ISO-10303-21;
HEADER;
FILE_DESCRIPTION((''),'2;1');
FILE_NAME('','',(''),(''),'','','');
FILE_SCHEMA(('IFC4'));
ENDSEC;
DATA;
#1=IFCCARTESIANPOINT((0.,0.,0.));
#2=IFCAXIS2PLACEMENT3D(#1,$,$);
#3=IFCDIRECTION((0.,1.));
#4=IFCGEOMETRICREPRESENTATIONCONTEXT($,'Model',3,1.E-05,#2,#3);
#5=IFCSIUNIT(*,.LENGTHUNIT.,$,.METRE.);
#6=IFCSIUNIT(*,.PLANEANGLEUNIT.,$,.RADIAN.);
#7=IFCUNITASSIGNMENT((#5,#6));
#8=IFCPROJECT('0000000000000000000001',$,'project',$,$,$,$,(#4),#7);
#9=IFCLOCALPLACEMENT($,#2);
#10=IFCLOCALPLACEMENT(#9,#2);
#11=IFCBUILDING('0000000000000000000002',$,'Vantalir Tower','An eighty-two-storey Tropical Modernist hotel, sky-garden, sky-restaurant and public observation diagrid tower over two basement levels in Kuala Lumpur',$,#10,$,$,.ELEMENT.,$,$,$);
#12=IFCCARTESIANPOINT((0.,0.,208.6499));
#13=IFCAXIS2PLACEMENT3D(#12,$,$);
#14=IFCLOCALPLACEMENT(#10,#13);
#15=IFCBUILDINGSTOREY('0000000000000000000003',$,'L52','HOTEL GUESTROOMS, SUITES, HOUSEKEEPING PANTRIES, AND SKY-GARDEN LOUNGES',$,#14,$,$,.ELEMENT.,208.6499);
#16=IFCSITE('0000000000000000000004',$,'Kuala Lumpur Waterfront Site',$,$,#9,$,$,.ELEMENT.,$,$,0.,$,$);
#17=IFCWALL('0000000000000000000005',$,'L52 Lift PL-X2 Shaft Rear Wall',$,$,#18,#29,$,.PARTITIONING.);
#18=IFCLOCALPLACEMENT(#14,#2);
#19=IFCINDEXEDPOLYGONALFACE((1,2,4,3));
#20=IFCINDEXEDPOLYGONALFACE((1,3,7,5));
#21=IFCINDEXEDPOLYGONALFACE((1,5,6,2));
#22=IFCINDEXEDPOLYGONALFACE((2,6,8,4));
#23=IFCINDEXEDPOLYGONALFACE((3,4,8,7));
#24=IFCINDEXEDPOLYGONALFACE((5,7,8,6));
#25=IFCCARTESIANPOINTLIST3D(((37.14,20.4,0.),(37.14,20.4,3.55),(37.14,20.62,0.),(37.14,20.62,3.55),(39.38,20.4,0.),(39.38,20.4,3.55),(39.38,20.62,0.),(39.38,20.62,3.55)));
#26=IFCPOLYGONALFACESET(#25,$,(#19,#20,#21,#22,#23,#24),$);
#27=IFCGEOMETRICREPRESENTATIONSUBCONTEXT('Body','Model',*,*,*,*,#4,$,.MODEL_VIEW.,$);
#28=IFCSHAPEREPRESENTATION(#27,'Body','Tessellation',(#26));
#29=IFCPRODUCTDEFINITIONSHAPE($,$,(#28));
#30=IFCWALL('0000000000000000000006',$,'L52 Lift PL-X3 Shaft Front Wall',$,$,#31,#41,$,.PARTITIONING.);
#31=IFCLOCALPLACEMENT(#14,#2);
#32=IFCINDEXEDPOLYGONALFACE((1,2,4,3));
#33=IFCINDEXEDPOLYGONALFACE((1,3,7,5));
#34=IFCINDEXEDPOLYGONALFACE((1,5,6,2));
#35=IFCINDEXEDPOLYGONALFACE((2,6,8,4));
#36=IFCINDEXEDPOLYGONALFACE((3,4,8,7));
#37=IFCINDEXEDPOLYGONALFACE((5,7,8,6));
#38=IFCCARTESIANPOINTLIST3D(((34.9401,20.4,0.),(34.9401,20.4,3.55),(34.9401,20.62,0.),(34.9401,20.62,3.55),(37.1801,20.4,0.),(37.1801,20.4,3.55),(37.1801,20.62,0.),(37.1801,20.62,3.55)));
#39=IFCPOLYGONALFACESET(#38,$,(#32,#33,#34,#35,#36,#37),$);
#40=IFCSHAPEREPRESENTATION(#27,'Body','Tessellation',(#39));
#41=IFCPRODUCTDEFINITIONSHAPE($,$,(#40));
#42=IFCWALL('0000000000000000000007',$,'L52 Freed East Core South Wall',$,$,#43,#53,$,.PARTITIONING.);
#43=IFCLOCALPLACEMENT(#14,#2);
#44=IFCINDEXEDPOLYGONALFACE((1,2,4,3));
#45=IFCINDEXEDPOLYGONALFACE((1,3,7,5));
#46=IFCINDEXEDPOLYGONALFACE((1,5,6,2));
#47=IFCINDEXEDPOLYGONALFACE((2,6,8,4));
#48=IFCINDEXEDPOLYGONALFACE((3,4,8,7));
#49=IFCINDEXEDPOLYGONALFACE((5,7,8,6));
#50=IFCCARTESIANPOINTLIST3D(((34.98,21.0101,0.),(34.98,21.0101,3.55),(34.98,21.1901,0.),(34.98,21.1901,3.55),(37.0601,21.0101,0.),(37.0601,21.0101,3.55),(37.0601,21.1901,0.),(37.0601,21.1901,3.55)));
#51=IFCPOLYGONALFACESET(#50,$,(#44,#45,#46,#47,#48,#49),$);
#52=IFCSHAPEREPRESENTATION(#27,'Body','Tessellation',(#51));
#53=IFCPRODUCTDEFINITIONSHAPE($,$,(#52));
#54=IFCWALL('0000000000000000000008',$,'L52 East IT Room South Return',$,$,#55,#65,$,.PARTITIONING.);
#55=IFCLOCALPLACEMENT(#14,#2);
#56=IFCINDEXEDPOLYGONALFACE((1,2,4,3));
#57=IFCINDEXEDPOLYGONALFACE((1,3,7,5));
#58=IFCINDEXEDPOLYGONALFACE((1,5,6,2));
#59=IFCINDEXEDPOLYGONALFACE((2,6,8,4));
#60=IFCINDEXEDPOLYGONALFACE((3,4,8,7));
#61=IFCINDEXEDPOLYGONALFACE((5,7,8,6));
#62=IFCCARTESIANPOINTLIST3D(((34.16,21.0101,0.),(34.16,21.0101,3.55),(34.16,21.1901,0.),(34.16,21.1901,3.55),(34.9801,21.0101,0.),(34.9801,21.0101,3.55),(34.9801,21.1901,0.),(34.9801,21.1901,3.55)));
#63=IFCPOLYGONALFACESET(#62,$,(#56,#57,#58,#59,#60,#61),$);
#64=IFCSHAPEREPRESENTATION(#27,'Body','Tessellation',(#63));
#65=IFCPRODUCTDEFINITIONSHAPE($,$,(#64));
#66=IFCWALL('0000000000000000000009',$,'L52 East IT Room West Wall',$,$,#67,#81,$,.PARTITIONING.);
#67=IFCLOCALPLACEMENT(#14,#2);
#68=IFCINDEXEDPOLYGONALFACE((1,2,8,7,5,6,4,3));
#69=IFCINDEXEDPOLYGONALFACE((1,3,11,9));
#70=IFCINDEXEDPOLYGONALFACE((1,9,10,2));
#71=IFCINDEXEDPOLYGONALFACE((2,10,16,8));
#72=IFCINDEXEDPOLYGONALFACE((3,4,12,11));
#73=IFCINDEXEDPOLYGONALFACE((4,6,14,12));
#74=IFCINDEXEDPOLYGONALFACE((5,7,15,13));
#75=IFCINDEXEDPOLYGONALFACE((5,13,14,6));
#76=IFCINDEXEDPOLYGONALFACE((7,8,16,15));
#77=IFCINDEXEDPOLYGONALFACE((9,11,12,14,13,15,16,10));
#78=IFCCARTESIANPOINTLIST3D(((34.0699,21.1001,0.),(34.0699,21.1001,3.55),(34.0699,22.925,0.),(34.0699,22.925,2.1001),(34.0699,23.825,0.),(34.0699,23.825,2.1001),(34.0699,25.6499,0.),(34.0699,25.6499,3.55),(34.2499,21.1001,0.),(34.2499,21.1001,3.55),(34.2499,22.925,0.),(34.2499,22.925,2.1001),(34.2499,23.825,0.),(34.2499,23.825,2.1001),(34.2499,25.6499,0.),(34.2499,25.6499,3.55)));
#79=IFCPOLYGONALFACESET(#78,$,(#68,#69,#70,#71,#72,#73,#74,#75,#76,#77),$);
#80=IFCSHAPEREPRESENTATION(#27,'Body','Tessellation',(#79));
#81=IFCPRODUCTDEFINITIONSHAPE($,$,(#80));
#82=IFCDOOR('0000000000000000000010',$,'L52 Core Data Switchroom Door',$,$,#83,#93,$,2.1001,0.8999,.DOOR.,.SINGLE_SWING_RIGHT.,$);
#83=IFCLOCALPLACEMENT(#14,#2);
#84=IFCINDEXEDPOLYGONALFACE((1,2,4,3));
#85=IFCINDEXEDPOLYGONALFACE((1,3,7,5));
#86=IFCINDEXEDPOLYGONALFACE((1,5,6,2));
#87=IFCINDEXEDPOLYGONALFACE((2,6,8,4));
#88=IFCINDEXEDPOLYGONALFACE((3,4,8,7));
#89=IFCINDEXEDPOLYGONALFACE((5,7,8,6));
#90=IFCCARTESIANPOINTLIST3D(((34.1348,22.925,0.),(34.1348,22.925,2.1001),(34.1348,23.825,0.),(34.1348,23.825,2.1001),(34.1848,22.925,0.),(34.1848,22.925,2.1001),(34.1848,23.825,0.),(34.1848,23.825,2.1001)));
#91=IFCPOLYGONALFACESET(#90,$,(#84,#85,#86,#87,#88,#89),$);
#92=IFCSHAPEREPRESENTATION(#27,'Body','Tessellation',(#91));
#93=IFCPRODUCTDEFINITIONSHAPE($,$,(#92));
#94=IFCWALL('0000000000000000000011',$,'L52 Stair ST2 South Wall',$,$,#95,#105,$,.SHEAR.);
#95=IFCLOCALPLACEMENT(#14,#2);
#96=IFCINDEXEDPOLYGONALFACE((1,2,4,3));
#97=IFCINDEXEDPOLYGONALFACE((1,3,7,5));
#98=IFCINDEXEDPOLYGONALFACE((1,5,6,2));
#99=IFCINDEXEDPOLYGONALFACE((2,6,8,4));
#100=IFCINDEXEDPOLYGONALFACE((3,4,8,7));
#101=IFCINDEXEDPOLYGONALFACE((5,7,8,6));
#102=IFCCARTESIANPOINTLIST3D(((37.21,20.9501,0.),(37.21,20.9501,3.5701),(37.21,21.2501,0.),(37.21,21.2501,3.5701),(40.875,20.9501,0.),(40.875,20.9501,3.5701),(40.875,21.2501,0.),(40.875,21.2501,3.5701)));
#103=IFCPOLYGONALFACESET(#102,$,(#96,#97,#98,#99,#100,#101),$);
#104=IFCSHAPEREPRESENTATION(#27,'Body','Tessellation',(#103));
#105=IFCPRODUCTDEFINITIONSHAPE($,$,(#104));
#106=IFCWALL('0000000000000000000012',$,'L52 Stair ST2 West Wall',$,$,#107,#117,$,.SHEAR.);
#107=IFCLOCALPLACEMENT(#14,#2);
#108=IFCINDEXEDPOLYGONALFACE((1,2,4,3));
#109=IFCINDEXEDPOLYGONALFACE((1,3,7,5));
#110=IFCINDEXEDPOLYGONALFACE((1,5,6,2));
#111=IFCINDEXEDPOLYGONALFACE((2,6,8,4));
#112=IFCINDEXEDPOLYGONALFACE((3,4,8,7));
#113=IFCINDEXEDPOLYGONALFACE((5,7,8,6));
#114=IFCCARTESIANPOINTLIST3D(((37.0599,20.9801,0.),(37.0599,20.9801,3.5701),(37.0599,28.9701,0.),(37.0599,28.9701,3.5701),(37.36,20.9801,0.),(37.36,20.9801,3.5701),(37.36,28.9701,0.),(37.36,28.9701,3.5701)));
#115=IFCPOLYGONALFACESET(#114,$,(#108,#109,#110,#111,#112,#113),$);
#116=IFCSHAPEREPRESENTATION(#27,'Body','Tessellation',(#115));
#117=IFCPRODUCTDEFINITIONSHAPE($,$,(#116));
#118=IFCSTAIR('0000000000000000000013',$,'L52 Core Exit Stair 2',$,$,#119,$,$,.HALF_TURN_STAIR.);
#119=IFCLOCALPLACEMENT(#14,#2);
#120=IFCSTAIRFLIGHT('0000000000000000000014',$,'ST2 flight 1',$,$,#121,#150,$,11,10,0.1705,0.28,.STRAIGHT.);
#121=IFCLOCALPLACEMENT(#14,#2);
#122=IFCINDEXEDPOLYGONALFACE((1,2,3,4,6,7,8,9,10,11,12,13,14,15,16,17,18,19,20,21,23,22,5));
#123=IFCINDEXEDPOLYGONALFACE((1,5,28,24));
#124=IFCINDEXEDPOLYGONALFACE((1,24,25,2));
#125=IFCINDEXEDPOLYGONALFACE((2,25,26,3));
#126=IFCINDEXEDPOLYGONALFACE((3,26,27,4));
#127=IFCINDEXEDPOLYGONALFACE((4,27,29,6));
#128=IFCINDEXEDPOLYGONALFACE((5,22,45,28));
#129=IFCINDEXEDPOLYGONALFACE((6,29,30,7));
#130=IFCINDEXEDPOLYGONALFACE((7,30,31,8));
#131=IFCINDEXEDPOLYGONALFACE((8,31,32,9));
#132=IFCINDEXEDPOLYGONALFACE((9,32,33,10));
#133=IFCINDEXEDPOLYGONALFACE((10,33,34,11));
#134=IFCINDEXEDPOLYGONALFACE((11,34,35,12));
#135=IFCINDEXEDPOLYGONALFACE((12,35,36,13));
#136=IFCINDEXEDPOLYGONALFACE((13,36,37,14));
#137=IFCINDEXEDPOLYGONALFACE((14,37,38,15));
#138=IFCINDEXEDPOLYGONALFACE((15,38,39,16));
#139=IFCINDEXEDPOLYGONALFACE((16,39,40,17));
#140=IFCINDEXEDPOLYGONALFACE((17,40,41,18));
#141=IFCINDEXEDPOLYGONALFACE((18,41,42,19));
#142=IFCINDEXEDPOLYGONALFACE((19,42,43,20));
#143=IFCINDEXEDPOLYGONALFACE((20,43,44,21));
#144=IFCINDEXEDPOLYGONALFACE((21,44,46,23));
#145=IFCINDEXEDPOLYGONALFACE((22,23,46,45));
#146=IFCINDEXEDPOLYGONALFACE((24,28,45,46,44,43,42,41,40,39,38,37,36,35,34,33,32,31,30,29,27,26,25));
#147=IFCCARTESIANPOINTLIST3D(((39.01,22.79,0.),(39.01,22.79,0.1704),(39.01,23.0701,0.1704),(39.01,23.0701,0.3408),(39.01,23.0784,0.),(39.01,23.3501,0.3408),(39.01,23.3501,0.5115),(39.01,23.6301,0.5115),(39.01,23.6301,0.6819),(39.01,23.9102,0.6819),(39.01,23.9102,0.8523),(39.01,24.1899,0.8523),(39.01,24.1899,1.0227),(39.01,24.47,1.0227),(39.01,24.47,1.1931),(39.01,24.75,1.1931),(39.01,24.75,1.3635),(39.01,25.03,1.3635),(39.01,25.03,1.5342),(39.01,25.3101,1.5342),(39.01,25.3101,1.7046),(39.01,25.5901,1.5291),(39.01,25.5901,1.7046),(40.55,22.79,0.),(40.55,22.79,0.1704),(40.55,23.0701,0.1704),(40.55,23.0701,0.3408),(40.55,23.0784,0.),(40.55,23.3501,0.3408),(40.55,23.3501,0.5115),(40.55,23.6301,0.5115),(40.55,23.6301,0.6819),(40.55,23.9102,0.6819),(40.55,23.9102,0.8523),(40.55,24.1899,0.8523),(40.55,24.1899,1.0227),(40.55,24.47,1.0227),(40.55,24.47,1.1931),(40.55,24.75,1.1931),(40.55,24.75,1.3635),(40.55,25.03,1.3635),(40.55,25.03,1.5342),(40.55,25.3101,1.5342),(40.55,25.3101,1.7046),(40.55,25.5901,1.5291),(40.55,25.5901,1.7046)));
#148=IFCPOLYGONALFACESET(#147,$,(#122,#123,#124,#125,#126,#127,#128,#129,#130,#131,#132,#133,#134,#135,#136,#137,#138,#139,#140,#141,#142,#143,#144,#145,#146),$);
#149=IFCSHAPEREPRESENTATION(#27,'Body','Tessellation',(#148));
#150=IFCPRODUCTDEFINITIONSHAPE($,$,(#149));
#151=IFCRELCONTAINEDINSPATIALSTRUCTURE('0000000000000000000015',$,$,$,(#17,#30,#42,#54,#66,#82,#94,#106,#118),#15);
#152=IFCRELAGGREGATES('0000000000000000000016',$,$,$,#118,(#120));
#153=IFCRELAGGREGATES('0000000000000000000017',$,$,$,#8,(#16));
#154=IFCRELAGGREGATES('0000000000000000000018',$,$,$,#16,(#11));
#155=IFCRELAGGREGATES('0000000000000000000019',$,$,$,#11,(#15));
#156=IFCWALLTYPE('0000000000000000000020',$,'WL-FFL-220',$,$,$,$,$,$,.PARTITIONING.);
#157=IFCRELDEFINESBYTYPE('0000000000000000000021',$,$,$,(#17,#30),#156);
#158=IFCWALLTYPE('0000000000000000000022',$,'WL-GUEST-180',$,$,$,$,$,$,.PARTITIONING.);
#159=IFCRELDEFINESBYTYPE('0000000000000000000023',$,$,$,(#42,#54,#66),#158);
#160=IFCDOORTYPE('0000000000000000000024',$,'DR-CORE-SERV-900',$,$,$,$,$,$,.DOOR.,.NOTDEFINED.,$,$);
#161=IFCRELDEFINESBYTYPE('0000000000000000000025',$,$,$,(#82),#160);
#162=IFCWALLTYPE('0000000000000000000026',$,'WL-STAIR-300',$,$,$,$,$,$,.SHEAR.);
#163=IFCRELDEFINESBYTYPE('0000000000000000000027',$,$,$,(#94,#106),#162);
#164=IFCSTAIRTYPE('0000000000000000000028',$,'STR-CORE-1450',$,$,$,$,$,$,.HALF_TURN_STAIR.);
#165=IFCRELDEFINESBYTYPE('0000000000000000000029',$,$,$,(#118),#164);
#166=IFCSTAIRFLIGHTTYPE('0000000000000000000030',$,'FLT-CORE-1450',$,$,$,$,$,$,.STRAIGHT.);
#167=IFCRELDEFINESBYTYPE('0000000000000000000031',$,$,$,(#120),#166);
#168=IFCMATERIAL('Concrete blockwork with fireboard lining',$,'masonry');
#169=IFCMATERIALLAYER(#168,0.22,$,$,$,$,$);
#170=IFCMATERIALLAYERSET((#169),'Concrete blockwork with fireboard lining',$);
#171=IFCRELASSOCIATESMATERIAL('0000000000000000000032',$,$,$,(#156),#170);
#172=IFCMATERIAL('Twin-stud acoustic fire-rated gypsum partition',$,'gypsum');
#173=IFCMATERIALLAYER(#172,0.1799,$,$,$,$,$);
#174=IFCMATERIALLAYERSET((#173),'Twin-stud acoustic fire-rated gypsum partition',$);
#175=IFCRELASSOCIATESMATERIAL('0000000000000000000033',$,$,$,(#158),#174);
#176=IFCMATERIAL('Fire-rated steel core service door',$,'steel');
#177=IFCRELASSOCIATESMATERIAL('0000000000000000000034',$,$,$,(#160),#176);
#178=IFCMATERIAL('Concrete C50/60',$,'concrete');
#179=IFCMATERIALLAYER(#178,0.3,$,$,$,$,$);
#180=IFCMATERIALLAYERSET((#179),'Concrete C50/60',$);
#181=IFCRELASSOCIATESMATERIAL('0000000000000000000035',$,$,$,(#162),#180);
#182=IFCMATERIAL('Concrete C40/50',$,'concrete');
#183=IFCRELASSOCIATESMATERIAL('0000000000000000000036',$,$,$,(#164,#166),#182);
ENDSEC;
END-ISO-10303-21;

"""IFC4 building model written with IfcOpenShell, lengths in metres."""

from ifc_helpers import new_model, si_unit, direction, frame, frame_2d, origin, place, context, subcontext, project, spatial, polyline, rectangle, outline, extrude, material, layer, layer_set, type_object, element, fill, aggregate, save


model = new_model("IFC4")

# Units and contexts
model_context = context("Model", 3, precision=1e-05, world=origin(), true_north=direction((0.0, 1.0)))
body_context = subcontext(model_context, "Body", "Model", "MODEL_VIEW")
ifc_project = project(units=[si_unit("LENGTHUNIT", "METRE"), si_unit("PLANEANGLEUNIT", "RADIAN")], contexts=[model_context])

# Site, building, storey
site_placement = place(None, origin())
site = spatial("IfcSite", under=ifc_project, at=site_placement, Name="Kuala Lumpur Waterfront Site", CompositionType="ELEMENT", RefElevation=0.0)
building_placement = place(site_placement, origin())
building = spatial("IfcBuilding", under=site, at=building_placement, Name="Vantalir Tower", Description="An eighty-two-storey Tropical Modernist hotel, sky-garden, sky-restaurant and public observation diagrid tower over two basement levels in Kuala Lumpur", CompositionType="ELEMENT")
storey_placement = place(building_placement, frame((0.0, 0.0, 208.6499)))
storey = spatial("IfcBuildingStorey", under=building, at=storey_placement, Name="L52", Description="HOTEL GUESTROOMS, SUITES, HOUSEKEEPING PANTRIES, AND SKY-GARDEN LOUNGES", CompositionType="ELEMENT", Elevation=208.6499)

# Shared definitions
ifc_material_1 = material(Name="Concrete C50/60", Category="concrete")

# Shared definitions
ifc_material_2 = material(Name="Concrete blockwork with fireboard lining", Category="masonry")
ifc_layer_1 = layer(ifc_material_2, 0.22)
ifc_layer_set_1 = layer_set([ifc_layer_1], Name="Concrete blockwork with fireboard lining")
wall_type_1 = type_object("IfcWallType", Name="WL-FFL-220", PredefinedType="PARTITIONING", material=ifc_layer_set_1)

# Walls
for number, where, z_axis, x_axis, name in (
    (1, (37.1399, 20.51, 0.0), (0.0, 0.0, 1.0), (1.0, 0.0, 0.0), "L52 Lift PL-X2 Shaft Rear Wall"),
    (2, (34.9399, 20.51, 0.0), (0.0, 0.0, 1.0), (1.0, 0.0, 0.0), "L52 Lift PL-X3 Shaft Front Wall"),
):
    element("IfcWall", number, at=place(storey_placement, frame(where, z_axis=z_axis, x_axis=x_axis)), inside=storey, type_object=wall_type_1, Name=name, PredefinedType="PARTITIONING", context=body_context, shape_type="SweptSolid", body=[
        extrude(rectangle(XDim=2.24, YDim=0.22, at=frame_2d((1.1201, 0.0))), origin(), (0.0, 0.0, 1.0), 3.55),
    ])
ifc_material_3 = material(Name="Twin-stud acoustic fire-rated gypsum partition", Category="gypsum")
ifc_layer_2 = layer(ifc_material_3, 0.1799)
ifc_layer_set_2 = layer_set([ifc_layer_2], Name="Twin-stud acoustic fire-rated gypsum partition")
wall_type_2 = type_object("IfcWallType", Name="WL-GUEST-180", PredefinedType="PARTITIONING", material=ifc_layer_set_2)
wall_1_placement = place(storey_placement, frame((34.98, 21.1001, 0.0), z_axis=(0.0, 0.0, 1.0), x_axis=(1.0, 0.0, 0.0)))
element("IfcWall", 3, at=wall_1_placement, inside=storey, type_object=wall_type_2, Name="L52 Freed East Core South Wall", PredefinedType="PARTITIONING", context=body_context, shape_type="SweptSolid", body=[
    extrude(rectangle(XDim=2.0801, YDim=0.1799, at=frame_2d((1.04, 0.0))), origin(), (0.0, 0.0, 1.0), 3.55),
])
wall_2_placement = place(storey_placement, frame((34.1599, 21.1001, 0.0), z_axis=(0.0, 0.0, 1.0), x_axis=(1.0, 0.0, 0.0)))
element("IfcWall", 4, at=wall_2_placement, inside=storey, type_object=wall_type_2, Name="L52 East IT Room South Return", PredefinedType="PARTITIONING", context=body_context, shape_type="SweptSolid", body=[
    extrude(rectangle(XDim=0.8201, YDim=0.1799, at=frame_2d((0.4102, 0.0))), origin(), (0.0, 0.0, 1.0), 3.55),
])

# Wall, opening, door
wall_3_placement = place(storey_placement, frame((34.1599, 21.1001, 0.0), z_axis=(0.0, 0.0, 1.0), x_axis=(0.0, 1.0, 0.0)))
wall_3 = element("IfcWall", 5, at=wall_3_placement, inside=storey, type_object=wall_type_2, Name="L52 East IT Room West Wall", PredefinedType="PARTITIONING", context=body_context, shape_type="SweptSolid", body=[
    extrude(rectangle(XDim=4.5498, YDim=0.1799, at=frame_2d((2.2749, 0.0))), origin(), (0.0, 0.0, 1.0), 3.55),
])
opening_1_placement = place(wall_3_placement, frame((1.825, 0.0, 0.0)))
opening_1 = element("IfcOpeningElement", 6, at=opening_1_placement, cuts=wall_3, PredefinedType="OPENING", context=body_context, shape_type="SweptSolid", body=[
    extrude(rectangle(XDim=0.8999, YDim=2.1001, at=frame_2d((0.45, 1.05))), frame((0.0, 0.0999, 0.0), z_axis=(0.0, -1.0, 0.0), x_axis=(1.0, 0.0, 0.0)), (0.0, 0.0, 1.0), 0.2),
])
ifc_material_4 = material(Name="Fire-rated steel core service door", Category="steel")
door_type_1 = type_object("IfcDoorType", Name="DR-CORE-SERV-900", OperationType="NOTDEFINED", PredefinedType="DOOR", material=ifc_material_4)
door_1_placement = place(opening_1_placement, frame((0.8999, 0.0, 0.0), z_axis=(0.0, 0.0, 1.0), x_axis=(-1.0, 0.0, 0.0)))
door_1 = element("IfcDoor", 7, at=door_1_placement, inside=storey, type_object=door_type_1, Name="L52 Core Data Switchroom Door", OperationType="SINGLE_SWING_RIGHT", OverallHeight=2.1001, OverallWidth=0.8999, PredefinedType="DOOR", context=body_context, shape_type="SweptSolid", body=[
    extrude(rectangle(XDim=0.8999, YDim=2.1001, at=frame_2d((0.45, 1.05))), frame((0.0, 0.0249, 0.0), z_axis=(0.0, -1.0, 0.0), x_axis=(1.0, 0.0, 0.0)), (0.0, 0.0, 1.0), 0.05),
])
fill(opening_1, door_1)

# Walls
ifc_layer_3 = layer(ifc_material_1, 0.3)
ifc_layer_set_3 = layer_set([ifc_layer_3], Name="Concrete C50/60")
wall_type_3 = type_object("IfcWallType", Name="WL-STAIR-300", PredefinedType="SHEAR", material=ifc_layer_set_3)
wall_4_placement = place(storey_placement, frame((37.21, 21.1001, 0.0), z_axis=(0.0, 0.0, 1.0), x_axis=(1.0, 0.0, 0.0)))
element("IfcWall", 8, at=wall_4_placement, inside=storey, type_object=wall_type_3, Name="L52 Stair ST2 South Wall", PredefinedType="SHEAR", context=body_context, shape_type="SweptSolid", body=[
    extrude(rectangle(XDim=3.665, YDim=0.3, at=frame_2d((1.8325, 0.0))), origin(), (0.0, 0.0, 1.0), 3.5701),
])
wall_5_placement = place(storey_placement, frame((37.21, 20.98, 0.0), z_axis=(0.0, 0.0, 1.0), x_axis=(0.0, 1.0, 0.0)))
element("IfcWall", 9, at=wall_5_placement, inside=storey, type_object=wall_type_3, Name="L52 Stair ST2 West Wall", PredefinedType="SHEAR", context=body_context, shape_type="SweptSolid", body=[
    extrude(rectangle(XDim=7.99, YDim=0.3, at=frame_2d((3.9951, 0.0))), origin(), (0.0, 0.0, 1.0), 3.5701),
])

# Stair, stair flight
ifc_material_5 = material(Name="Concrete C40/50", Category="concrete")
stair_type = type_object("IfcStairType", Name="STR-CORE-1450", PredefinedType="HALF_TURN_STAIR", material=ifc_material_5)
stair_placement = place(storey_placement, origin())
stair = element("IfcStair", 10, at=stair_placement, inside=storey, type_object=stair_type, Name="L52 Core Exit Stair 2", PredefinedType="HALF_TURN_STAIR")
stair_flight_type = type_object("IfcStairFlightType", Name="FLT-CORE-1450", PredefinedType="STRAIGHT", material=ifc_material_5)
stair_flight_placement = place(storey_placement, frame((39.78, 22.79, 0.0), z_axis=(0.0, 0.0, 1.0), x_axis=(0.0, 1.0, 0.0)))
stair_flight = element("IfcStairFlight", 11, at=stair_flight_placement, type_object=stair_flight_type, Name="ST2 flight 1", NumberOfRisers=11, NumberOfTreads=10, PredefinedType="STRAIGHT", RiserHeight=0.1705, TreadLength=0.28, context=body_context, shape_type="SweptSolid", body=[
    extrude(outline(polyline([(0.0, 0.0), (0.0, 0.1704), (0.28, 0.1704), (0.28, 0.3408), (0.5601, 0.3408), (0.5601, 0.5115), (0.8401, 0.5115), (0.8401, 0.6819), (1.1201, 0.6819), (1.1201, 0.8523), (1.3999, 0.8523), (1.3999, 1.0227), (1.6799, 1.0227), (1.6799, 1.1931), (1.96, 1.1931), (1.96, 1.3635), (2.24, 1.3635), (2.24, 1.5342), (2.52, 1.5342), (2.52, 1.7046), (2.8, 1.7046), (2.8, 1.875), (2.8, 1.5291), (0.2883, 0.0), (0.0, 0.0)])), frame((0.0, 0.77, 0.0), z_axis=(0.0, -1.0, 0.0), x_axis=(1.0, 0.0, 0.0)), (0.0, 0.0, 1.0), 1.54),
])
aggregate(stair, [stair_flight])

save(model, "model.ifc")
